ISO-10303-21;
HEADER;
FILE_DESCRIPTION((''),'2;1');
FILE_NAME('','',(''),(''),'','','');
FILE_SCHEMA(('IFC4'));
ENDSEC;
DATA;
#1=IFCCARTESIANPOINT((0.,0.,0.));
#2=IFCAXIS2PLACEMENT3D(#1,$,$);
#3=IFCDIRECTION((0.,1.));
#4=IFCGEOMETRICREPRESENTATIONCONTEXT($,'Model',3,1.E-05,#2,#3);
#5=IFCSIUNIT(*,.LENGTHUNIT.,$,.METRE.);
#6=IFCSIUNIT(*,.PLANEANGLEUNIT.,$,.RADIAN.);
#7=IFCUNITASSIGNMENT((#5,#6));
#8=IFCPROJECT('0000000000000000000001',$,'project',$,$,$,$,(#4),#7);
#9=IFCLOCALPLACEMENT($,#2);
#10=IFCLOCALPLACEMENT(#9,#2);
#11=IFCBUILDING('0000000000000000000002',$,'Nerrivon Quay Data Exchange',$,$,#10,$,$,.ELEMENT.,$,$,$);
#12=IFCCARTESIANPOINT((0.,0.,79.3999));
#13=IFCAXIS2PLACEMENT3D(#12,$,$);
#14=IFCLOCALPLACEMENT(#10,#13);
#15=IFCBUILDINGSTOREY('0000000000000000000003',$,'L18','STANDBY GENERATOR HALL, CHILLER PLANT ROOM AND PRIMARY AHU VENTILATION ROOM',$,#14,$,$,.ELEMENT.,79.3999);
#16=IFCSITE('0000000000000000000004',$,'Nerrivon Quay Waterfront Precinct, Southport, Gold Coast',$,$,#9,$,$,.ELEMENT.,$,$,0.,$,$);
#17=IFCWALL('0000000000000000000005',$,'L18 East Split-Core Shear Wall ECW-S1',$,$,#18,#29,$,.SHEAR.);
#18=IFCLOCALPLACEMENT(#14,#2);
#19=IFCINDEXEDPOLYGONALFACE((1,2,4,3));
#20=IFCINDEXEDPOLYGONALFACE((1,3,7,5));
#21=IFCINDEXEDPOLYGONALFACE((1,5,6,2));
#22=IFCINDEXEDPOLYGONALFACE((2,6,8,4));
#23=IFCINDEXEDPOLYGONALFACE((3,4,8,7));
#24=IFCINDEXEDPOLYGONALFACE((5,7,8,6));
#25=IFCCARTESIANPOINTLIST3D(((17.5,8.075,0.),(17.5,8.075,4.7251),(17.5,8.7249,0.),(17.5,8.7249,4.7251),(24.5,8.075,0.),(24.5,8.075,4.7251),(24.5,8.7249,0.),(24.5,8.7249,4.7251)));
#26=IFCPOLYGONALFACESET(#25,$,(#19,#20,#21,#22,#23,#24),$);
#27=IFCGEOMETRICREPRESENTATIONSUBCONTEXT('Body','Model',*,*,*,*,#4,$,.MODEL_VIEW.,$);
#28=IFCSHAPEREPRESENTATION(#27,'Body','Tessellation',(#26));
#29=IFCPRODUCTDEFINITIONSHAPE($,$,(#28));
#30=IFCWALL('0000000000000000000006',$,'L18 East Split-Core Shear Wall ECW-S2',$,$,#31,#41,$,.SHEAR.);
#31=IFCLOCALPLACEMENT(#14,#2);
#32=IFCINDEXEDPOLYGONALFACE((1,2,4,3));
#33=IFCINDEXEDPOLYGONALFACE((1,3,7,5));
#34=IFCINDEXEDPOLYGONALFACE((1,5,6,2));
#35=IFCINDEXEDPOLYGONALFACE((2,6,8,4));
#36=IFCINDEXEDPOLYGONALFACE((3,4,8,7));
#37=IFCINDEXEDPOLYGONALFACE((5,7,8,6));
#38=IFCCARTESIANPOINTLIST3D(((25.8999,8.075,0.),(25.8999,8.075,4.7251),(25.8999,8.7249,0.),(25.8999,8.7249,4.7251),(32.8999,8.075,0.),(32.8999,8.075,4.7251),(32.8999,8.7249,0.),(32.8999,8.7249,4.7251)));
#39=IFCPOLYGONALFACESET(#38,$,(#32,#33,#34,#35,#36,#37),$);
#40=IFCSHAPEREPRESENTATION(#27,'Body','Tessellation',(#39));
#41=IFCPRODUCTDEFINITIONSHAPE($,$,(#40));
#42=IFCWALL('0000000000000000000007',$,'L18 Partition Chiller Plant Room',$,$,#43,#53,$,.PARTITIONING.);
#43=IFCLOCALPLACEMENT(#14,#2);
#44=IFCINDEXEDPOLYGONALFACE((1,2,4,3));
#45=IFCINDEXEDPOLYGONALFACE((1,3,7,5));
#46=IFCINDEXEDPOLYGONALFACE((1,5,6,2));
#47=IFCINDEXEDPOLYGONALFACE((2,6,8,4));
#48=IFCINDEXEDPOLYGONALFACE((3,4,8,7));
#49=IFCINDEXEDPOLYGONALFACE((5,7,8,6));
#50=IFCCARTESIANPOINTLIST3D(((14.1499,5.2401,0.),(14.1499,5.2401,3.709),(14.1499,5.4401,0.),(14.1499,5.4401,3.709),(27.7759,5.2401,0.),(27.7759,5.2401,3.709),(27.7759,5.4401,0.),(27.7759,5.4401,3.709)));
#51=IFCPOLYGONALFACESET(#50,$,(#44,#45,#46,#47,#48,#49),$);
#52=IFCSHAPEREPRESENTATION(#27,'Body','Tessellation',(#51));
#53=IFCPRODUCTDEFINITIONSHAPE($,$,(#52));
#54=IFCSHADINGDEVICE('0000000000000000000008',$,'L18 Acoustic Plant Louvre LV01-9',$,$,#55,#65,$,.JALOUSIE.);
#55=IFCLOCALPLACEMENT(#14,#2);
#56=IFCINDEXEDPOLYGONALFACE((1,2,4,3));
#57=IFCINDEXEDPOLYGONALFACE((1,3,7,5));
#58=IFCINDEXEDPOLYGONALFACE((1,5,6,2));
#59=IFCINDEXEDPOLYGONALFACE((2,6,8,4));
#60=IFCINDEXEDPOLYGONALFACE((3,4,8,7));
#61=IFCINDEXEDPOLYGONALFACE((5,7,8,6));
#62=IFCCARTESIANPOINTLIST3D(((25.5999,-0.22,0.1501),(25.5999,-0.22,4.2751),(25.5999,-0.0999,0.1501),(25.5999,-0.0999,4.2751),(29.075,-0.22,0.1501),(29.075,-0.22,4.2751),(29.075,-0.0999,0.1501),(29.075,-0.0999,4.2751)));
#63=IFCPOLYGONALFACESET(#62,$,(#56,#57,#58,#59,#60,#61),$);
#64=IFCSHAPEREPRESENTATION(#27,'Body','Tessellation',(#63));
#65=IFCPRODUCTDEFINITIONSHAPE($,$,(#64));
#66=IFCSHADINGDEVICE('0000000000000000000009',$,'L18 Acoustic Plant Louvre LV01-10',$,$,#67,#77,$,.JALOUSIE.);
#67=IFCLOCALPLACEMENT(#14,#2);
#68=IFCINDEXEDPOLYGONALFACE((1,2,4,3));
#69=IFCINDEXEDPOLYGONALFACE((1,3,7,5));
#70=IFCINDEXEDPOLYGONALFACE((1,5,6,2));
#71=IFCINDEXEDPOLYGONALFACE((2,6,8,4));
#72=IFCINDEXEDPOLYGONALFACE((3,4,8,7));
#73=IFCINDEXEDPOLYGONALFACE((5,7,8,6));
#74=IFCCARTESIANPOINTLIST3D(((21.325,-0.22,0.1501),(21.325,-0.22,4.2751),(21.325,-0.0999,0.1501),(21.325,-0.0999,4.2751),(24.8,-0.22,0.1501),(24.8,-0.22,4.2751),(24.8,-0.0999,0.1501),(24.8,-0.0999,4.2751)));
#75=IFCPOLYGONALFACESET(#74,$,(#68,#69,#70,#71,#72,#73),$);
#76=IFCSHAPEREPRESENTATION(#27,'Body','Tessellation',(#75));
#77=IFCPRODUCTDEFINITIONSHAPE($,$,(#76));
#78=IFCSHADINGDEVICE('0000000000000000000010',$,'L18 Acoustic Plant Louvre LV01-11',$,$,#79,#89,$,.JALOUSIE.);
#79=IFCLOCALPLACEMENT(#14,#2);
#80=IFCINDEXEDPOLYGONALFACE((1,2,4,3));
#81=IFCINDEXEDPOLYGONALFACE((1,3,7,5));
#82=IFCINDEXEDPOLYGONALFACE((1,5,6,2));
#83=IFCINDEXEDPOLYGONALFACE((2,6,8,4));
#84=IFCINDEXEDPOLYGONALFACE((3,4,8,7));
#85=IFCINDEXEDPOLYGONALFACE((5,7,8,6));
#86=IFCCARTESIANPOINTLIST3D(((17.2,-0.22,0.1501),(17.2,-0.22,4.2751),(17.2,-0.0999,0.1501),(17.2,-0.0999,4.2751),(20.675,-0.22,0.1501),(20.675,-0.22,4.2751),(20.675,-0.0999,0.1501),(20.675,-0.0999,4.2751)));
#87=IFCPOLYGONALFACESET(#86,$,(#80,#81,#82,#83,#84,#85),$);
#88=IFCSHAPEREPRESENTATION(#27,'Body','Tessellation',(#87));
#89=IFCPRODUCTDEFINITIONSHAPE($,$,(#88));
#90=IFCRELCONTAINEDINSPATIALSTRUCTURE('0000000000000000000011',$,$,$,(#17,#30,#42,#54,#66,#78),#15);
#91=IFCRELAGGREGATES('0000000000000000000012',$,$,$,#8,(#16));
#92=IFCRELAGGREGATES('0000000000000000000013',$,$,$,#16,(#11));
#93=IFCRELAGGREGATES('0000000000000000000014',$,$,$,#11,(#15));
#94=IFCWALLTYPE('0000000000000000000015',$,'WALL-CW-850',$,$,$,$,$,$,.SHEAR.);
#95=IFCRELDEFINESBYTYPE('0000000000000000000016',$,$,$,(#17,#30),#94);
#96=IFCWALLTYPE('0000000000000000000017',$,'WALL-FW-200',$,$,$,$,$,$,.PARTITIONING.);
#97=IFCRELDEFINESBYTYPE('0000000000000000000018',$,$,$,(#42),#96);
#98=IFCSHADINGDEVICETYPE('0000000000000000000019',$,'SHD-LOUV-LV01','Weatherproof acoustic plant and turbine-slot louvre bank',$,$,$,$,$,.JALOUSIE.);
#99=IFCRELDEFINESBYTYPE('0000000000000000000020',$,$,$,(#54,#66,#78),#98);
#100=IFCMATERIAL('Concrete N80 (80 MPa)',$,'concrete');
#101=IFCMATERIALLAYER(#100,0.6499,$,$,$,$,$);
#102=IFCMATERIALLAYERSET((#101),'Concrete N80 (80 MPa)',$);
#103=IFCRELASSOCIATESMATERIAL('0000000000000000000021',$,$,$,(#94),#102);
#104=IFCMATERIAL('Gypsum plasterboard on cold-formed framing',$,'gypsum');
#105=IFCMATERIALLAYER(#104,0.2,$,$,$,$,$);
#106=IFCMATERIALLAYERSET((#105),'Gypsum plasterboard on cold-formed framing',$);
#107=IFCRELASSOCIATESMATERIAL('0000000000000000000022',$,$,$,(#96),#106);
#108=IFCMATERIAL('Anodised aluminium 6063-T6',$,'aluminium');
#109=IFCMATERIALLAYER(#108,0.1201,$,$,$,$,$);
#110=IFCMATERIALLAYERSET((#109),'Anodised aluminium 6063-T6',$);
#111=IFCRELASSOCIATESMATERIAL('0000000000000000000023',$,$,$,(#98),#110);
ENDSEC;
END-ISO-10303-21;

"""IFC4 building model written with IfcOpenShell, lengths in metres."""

from ifc_helpers import new_model, si_unit, direction, frame, frame_2d, origin, origin_2d, place, context, subcontext, project, spatial, rectangle, extrude, material, layer, layer_set, type_object, element, save


model = new_model("IFC4")

# Units and contexts
model_context = context("Model", 3, precision=1e-05, world=origin(), true_north=direction((0.0, 1.0)))
body_context = subcontext(model_context, "Body", "Model", "MODEL_VIEW")
ifc_project = project(units=[si_unit("LENGTHUNIT", "METRE"), si_unit("PLANEANGLEUNIT", "RADIAN")], contexts=[model_context])

# Site, building, storey
site_placement = place(None, origin())
site = spatial("IfcSite", under=ifc_project, at=site_placement, Name="Nerrivon Quay Waterfront Precinct, Southport, Gold Coast", CompositionType="ELEMENT", RefElevation=0.0)
building_placement = place(site_placement, origin())
building = spatial("IfcBuilding", under=site, at=building_placement, Name="Nerrivon Quay Data Exchange", CompositionType="ELEMENT")
storey_placement = place(building_placement, frame((0.0, 0.0, 79.3999)))
storey = spatial("IfcBuildingStorey", under=building, at=storey_placement, Name="L18", Description="STANDBY GENERATOR HALL, CHILLER PLANT ROOM AND PRIMARY AHU VENTILATION ROOM", CompositionType="ELEMENT", Elevation=79.3999)

# Shared definitions
ifc_material_1 = material(Name="Concrete N80 (80 MPa)", Category="concrete")

# Walls
ifc_layer_1 = layer(ifc_material_1, 0.6499)
ifc_layer_set_1 = layer_set([ifc_layer_1], Name="Concrete N80 (80 MPa)")
wall_type_1 = type_object("IfcWallType", Name="WALL-CW-850", PredefinedType="SHEAR", material=ifc_layer_set_1)
for number, where, z_axis, x_axis, name in (
    (1, (17.5, 8.3999, 0.0), (0.0, 0.0, 1.0), (1.0, 0.0, 0.0), "L18 East Split-Core Shear Wall ECW-S1"),
    (2, (25.8999, 8.3999, 0.0), (0.0, 0.0, 1.0), (1.0, 0.0, 0.0), "L18 East Split-Core Shear Wall ECW-S2"),
):
    element("IfcWall", number, at=place(storey_placement, frame(where, z_axis=z_axis, x_axis=x_axis)), inside=storey, type_object=wall_type_1, Name=name, PredefinedType="SHEAR", context=body_context, shape_type="SweptSolid", body=[
        extrude(rectangle(XDim=7.0, YDim=0.6499, at=frame_2d((3.5, 0.0))), origin(), (0.0, 0.0, 1.0), 4.7251),
    ])
ifc_material_2 = material(Name="Gypsum plasterboard on cold-formed framing", Category="gypsum")
ifc_layer_2 = layer(ifc_material_2, 0.2)
ifc_layer_set_2 = layer_set([ifc_layer_2], Name="Gypsum plasterboard on cold-formed framing")
wall_type_2 = type_object("IfcWallType", Name="WALL-FW-200", PredefinedType="PARTITIONING", material=ifc_layer_set_2)
wall_placement = place(storey_placement, frame((27.7759, 5.3401, 0.0), z_axis=(0.0, 0.0, 1.0), x_axis=(-1.0, 0.0, 0.0)))
element("IfcWall", 3, at=wall_placement, inside=storey, type_object=wall_type_2, Name="L18 Partition Chiller Plant Room", PredefinedType="PARTITIONING", context=body_context, shape_type="SweptSolid", body=[
    extrude(rectangle(XDim=13.626, YDim=0.2, at=frame_2d((6.813, 0.0))), origin(), (0.0, 0.0, 1.0), 3.709),
])

# Shading devices
ifc_material_3 = material(Name="Anodised aluminium 6063-T6", Category="aluminium")
ifc_layer_3 = layer(ifc_material_3, 0.1201)
ifc_layer_set_3 = layer_set([ifc_layer_3], Name="Anodised aluminium 6063-T6")
shading_device_type = type_object("IfcShadingDeviceType", Name="SHD-LOUV-LV01", Description="Weatherproof acoustic plant and turbine-slot louvre bank", PredefinedType="JALOUSIE", material=ifc_layer_set_3)
for number, where, z_axis, x_axis, name in (
    (4, (27.3374, -0.1599, 0.1501), (0.0, 0.0, 1.0), (-1.0, 0.0, 0.0), "L18 Acoustic Plant Louvre LV01-9"),
    (5, (23.0625, -0.1599, 0.1501), (0.0, 0.0, 1.0), (-1.0, 0.0, 0.0), "L18 Acoustic Plant Louvre LV01-10"),
    (6, (18.9375, -0.1599, 0.1501), (0.0, 0.0, 1.0), (-1.0, 0.0, 0.0), "L18 Acoustic Plant Louvre LV01-11"),
):
    element("IfcShadingDevice", number, at=place(storey_placement, frame(where, z_axis=z_axis, x_axis=x_axis)), inside=storey, type_object=shading_device_type, Name=name, PredefinedType="JALOUSIE", context=body_context, shape_type="SweptSolid", body=[
        extrude(rectangle(XDim=3.4751, YDim=0.1201, at=origin_2d()), origin(), (0.0, 0.0, 1.0), 4.125),
    ])

save(model, "model.ifc")
